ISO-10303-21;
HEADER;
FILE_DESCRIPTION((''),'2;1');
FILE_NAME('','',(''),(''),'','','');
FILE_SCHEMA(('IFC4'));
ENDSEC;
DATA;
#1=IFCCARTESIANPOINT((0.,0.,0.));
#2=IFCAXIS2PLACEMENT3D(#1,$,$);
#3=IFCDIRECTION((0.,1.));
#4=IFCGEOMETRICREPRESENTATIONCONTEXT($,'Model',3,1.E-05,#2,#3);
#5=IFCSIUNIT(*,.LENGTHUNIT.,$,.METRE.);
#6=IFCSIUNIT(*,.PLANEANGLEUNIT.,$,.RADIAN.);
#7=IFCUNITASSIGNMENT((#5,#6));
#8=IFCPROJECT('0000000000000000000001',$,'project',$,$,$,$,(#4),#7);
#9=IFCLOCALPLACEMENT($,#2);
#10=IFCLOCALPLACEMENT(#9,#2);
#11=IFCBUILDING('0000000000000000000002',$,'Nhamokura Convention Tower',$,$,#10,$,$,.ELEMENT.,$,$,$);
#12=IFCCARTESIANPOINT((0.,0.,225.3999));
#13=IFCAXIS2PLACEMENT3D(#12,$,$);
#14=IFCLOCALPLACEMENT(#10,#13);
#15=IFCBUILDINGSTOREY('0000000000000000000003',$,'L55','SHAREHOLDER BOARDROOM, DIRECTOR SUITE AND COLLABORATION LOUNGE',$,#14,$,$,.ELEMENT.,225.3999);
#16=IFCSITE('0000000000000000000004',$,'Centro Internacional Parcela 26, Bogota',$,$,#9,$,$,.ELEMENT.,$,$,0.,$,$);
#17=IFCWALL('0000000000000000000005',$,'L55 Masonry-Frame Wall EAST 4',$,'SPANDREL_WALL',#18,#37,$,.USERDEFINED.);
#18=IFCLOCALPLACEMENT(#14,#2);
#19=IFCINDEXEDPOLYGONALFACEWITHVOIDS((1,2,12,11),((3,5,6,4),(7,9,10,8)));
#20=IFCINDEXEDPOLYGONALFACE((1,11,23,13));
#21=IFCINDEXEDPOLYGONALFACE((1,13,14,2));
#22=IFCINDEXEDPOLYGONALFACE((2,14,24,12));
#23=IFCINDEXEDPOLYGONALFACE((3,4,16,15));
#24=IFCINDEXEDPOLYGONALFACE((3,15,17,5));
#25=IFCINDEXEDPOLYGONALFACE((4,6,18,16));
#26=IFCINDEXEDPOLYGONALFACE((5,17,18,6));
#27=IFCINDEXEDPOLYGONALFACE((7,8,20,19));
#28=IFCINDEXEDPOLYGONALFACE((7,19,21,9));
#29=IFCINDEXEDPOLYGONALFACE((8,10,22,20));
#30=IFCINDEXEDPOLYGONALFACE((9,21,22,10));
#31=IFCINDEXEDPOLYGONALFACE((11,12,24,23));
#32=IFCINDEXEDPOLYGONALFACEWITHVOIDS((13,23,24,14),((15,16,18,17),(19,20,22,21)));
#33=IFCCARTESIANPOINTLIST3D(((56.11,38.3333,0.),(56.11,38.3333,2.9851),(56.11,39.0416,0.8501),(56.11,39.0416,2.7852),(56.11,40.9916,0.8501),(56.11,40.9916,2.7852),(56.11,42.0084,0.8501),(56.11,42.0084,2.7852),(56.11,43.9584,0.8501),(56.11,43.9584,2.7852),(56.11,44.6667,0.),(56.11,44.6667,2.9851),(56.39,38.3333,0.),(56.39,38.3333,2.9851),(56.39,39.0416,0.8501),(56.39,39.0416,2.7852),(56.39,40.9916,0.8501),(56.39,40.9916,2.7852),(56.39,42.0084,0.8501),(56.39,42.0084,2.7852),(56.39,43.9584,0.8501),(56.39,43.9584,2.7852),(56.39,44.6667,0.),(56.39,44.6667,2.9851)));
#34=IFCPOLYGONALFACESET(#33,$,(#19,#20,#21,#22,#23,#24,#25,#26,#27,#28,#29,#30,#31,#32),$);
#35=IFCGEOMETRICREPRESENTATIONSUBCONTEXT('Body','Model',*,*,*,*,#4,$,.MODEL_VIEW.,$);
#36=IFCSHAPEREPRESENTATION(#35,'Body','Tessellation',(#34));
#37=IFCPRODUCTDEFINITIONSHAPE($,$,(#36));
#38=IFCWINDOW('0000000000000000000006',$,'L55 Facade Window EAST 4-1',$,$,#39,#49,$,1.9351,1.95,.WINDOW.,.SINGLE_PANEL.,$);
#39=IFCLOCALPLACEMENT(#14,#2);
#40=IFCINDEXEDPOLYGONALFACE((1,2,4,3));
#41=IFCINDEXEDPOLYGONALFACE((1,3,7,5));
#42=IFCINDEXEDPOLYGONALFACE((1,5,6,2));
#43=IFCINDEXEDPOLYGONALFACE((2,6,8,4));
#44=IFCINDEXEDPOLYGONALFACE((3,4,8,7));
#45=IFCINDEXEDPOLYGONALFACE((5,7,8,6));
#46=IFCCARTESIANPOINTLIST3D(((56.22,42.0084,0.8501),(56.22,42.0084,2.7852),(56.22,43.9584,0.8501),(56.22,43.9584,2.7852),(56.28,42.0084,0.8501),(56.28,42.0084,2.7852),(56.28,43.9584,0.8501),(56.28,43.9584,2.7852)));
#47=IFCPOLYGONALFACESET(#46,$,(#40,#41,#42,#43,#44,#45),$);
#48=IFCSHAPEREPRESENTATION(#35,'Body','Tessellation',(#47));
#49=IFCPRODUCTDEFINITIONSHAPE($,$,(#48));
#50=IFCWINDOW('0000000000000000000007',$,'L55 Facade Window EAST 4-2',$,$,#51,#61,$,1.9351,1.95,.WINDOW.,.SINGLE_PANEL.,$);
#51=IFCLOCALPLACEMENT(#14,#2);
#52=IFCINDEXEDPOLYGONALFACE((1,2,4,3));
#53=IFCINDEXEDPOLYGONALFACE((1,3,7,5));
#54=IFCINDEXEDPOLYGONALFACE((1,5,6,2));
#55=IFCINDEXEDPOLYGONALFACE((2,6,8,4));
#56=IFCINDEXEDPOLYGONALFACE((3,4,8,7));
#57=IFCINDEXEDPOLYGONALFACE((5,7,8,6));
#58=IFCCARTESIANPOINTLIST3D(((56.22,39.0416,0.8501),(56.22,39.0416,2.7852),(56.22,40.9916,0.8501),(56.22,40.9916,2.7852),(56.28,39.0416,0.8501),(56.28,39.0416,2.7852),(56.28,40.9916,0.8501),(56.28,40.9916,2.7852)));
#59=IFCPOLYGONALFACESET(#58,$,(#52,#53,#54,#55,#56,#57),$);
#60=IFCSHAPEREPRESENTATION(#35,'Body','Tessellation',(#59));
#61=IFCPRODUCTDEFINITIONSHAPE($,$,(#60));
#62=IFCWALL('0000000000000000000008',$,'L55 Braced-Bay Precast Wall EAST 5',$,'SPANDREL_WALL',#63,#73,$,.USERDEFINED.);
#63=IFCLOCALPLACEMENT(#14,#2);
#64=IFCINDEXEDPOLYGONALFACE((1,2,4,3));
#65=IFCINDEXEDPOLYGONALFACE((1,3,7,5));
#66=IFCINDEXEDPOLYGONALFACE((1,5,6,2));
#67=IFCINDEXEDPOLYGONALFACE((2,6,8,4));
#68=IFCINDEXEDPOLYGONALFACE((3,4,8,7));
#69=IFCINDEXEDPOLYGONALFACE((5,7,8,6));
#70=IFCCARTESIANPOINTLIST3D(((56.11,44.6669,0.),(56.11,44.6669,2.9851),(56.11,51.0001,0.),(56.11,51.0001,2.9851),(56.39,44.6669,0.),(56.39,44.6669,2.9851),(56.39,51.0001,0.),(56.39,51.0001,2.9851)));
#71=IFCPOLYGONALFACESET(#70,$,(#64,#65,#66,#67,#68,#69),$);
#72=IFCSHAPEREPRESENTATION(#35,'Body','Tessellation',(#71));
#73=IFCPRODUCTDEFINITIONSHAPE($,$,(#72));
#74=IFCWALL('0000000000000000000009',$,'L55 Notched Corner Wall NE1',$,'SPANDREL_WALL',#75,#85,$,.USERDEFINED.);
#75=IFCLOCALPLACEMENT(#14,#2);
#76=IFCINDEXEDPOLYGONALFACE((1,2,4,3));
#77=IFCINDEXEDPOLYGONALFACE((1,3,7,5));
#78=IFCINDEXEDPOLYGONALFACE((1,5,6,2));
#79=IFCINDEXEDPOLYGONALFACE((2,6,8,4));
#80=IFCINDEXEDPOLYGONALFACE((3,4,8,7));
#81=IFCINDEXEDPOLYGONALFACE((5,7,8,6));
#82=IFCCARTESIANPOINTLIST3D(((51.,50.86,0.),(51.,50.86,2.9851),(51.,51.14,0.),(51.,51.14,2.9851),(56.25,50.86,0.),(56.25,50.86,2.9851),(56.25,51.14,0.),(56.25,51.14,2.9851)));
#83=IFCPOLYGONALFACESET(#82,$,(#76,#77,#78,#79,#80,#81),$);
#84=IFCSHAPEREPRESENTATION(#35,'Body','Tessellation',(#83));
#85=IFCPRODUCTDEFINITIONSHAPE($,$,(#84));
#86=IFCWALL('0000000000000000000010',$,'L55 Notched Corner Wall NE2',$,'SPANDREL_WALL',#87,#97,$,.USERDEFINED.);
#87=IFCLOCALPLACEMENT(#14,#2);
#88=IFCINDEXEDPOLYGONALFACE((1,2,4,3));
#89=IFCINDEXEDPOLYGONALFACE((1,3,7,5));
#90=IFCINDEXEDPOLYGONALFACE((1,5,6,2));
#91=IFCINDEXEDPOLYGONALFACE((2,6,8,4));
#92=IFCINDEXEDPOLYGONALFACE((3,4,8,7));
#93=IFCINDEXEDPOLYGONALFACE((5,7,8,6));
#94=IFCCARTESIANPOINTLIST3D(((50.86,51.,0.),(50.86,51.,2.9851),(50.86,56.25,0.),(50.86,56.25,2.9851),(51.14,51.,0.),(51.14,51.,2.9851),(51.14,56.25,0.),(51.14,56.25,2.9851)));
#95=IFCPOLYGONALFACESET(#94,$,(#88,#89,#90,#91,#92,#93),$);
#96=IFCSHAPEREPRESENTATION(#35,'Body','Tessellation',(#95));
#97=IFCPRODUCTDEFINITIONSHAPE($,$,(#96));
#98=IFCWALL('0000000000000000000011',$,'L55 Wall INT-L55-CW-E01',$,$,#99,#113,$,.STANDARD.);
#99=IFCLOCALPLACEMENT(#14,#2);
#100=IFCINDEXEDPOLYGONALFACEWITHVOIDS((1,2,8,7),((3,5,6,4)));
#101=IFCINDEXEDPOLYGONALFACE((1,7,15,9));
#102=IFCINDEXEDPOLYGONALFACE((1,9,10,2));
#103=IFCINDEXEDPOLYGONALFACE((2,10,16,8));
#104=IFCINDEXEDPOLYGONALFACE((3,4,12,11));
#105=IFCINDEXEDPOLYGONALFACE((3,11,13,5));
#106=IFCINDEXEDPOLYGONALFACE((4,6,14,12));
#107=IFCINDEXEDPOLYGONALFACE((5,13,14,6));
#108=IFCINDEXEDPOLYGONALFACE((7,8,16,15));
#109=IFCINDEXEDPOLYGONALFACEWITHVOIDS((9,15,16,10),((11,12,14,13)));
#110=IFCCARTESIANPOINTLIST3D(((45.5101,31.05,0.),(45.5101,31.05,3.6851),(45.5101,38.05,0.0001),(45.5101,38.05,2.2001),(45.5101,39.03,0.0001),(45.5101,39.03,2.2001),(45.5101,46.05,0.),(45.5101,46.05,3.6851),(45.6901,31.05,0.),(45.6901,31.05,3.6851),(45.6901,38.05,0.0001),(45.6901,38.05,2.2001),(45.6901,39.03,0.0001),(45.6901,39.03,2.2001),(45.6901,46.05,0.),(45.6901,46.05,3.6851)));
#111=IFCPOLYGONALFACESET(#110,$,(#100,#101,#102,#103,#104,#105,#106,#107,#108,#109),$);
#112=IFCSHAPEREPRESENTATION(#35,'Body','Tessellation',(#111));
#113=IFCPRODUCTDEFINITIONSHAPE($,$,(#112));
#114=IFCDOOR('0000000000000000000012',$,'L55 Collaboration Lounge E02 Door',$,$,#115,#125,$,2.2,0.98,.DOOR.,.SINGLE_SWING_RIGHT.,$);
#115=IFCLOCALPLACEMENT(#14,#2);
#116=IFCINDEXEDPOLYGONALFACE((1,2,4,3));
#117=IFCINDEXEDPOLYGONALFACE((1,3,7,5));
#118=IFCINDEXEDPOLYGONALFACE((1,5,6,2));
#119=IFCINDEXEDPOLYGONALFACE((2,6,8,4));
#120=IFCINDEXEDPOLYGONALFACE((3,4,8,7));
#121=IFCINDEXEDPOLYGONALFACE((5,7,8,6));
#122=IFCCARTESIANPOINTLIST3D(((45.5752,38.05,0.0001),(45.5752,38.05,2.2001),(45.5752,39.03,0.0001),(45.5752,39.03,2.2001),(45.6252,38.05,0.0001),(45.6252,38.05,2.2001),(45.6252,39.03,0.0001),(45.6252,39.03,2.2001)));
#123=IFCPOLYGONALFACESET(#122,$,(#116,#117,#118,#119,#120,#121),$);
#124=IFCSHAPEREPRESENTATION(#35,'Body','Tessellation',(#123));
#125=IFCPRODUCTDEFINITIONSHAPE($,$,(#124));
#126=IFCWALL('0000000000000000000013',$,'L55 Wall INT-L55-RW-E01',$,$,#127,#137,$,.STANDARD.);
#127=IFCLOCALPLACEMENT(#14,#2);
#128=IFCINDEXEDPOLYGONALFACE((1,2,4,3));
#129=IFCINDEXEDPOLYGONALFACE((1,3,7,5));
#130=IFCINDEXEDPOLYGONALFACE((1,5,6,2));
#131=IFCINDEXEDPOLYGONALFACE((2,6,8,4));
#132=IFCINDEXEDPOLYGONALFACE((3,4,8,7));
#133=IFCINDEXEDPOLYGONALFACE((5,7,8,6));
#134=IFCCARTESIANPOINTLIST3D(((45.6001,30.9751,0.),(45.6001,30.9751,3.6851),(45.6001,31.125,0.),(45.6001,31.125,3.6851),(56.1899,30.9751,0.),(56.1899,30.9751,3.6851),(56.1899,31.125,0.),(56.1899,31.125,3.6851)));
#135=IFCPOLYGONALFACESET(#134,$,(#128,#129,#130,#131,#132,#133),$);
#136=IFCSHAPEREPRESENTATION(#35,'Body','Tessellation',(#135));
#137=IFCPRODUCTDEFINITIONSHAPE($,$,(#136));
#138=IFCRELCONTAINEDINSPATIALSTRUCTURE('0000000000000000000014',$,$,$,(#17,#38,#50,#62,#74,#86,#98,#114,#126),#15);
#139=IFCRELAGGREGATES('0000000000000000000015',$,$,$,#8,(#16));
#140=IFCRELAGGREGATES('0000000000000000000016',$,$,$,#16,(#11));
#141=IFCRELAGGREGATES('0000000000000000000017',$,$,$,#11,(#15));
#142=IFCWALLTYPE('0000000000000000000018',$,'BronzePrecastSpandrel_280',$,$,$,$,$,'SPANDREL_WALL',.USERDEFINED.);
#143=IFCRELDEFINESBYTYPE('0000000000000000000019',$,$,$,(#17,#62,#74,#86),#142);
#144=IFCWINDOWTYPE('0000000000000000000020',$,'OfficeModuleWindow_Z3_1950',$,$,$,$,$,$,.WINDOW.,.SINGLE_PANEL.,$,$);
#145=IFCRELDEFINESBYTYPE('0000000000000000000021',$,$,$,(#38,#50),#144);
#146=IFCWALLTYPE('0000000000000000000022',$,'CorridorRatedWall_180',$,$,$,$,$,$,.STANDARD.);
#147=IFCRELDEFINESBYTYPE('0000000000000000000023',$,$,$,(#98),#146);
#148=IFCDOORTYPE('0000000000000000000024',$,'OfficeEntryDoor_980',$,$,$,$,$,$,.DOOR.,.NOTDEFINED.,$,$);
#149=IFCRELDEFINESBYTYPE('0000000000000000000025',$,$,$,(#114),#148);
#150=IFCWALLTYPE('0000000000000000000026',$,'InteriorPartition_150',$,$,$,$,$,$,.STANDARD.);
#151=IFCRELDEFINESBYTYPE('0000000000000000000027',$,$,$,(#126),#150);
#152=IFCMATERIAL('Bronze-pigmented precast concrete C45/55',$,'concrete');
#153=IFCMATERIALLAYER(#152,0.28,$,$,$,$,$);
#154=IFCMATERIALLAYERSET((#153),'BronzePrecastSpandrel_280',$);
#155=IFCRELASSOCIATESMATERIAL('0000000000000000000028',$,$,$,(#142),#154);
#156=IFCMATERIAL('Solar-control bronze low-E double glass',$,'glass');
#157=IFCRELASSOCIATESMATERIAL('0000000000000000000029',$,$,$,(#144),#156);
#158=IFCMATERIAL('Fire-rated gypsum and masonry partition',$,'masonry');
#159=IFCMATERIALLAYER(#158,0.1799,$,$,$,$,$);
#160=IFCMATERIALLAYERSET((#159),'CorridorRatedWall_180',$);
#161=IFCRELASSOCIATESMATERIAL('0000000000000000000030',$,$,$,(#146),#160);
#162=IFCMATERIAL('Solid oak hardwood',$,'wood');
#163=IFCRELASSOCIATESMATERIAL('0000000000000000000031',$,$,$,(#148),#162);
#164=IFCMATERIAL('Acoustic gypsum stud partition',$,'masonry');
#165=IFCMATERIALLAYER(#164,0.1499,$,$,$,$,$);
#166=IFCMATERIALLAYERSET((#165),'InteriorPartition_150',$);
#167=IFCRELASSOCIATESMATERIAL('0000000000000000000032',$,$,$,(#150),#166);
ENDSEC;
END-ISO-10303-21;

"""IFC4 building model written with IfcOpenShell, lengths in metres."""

from ifc_helpers import new_model, si_unit, direction, frame, frame_2d, origin, place, context, subcontext, project, spatial, rectangle, extrude, material, layer, layer_set, type_object, element, fill, save


model = new_model("IFC4")

# Units and contexts
model_context = context("Model", 3, precision=1e-05, world=origin(), true_north=direction((0.0, 1.0)))
body_context = subcontext(model_context, "Body", "Model", "MODEL_VIEW")
ifc_project = project(units=[si_unit("LENGTHUNIT", "METRE"), si_unit("PLANEANGLEUNIT", "RADIAN")], contexts=[model_context])

# Site, building, storey
site_placement = place(None, origin())
site = spatial("IfcSite", under=ifc_project, at=site_placement, Name="Centro Internacional Parcela 26, Bogota", CompositionType="ELEMENT", RefElevation=0.0)
building_placement = place(site_placement, origin())
building = spatial("IfcBuilding", under=site, at=building_placement, Name="Nhamokura Convention Tower", CompositionType="ELEMENT")
storey_placement = place(building_placement, frame((0.0, 0.0, 225.3999)))
storey = spatial("IfcBuildingStorey", under=building, at=storey_placement, Name="L55", Description="SHAREHOLDER BOARDROOM, DIRECTOR SUITE AND COLLABORATION LOUNGE", CompositionType="ELEMENT", Elevation=225.3999)

# Shared definitions
ifc_material_1 = material(Name="Bronze-pigmented precast concrete C45/55", Category="concrete")
ifc_layer_1 = layer(ifc_material_1, 0.28)
ifc_layer_set_1 = layer_set([ifc_layer_1], Name="BronzePrecastSpandrel_280")
wall_type_1 = type_object("IfcWallType", Name="BronzePrecastSpandrel_280", ElementType="SPANDREL_WALL", PredefinedType="USERDEFINED", material=ifc_layer_set_1)

# Wall, openings, windows
wall_1_placement = place(storey_placement, frame((56.25, 44.6667, 0.0), z_axis=(0.0, 0.0, 1.0), x_axis=(0.0, -1.0, 0.0)))
wall_1 = element("IfcWall", 1, at=wall_1_placement, inside=storey, type_object=wall_type_1, Name="L55 Masonry-Frame Wall EAST 4", ObjectType="SPANDREL_WALL", PredefinedType="USERDEFINED", context=body_context, shape_type="SweptSolid", body=[
    extrude(rectangle(XDim=6.3335, YDim=0.28, at=frame_2d((3.1667, 0.0))), origin(), (0.0, 0.0, 1.0), 2.9851),
])
opening_1_placement = place(wall_1_placement, frame((0.7083, 0.0, 0.8501)))
opening_1 = element("IfcOpeningElement", 2, at=opening_1_placement, cuts=wall_1, PredefinedType="OPENING", context=body_context, shape_type="SweptSolid", body=[
    extrude(rectangle(XDim=1.95, YDim=1.9351, at=frame_2d((0.9751, 0.9675))), frame((0.0, 0.1499, 0.0), z_axis=(0.0, -1.0, 0.0), x_axis=(1.0, 0.0, 0.0)), (0.0, 0.0, 1.0), 0.3),
])
opening_2_placement = place(wall_1_placement, frame((3.675, 0.0, 0.8501)))
opening_2 = element("IfcOpeningElement", 3, at=opening_2_placement, cuts=wall_1, PredefinedType="OPENING", context=body_context, shape_type="SweptSolid", body=[
    extrude(rectangle(XDim=1.95, YDim=1.9351, at=frame_2d((0.9751, 0.9675))), frame((0.0, 0.1499, 0.0), z_axis=(0.0, -1.0, 0.0), x_axis=(1.0, 0.0, 0.0)), (0.0, 0.0, 1.0), 0.3),
])
ifc_material_2 = material(Name="Solar-control bronze low-E double glass", Category="glass")
window_type_1 = type_object("IfcWindowType", Name="OfficeModuleWindow_Z3_1950", PartitioningType="SINGLE_PANEL", PredefinedType="WINDOW", material=ifc_material_2)
window_1_placement = place(opening_1_placement, origin())
window_1 = element("IfcWindow", 4, at=window_1_placement, inside=storey, type_object=window_type_1, Name="L55 Facade Window EAST 4-1", OverallHeight=1.9351, OverallWidth=1.95, PartitioningType="SINGLE_PANEL", PredefinedType="WINDOW", context=body_context, shape_type="SweptSolid", body=[
    extrude(rectangle(XDim=1.95, YDim=1.9351, at=frame_2d((0.9751, 0.9675))), frame((0.0, 0.03, 0.0), z_axis=(0.0, -1.0, 0.0), x_axis=(1.0, 0.0, 0.0)), (0.0, 0.0, 1.0), 0.0601),
])
fill(opening_1, window_1)
window_2_placement = place(opening_2_placement, origin())
window_2 = element("IfcWindow", 5, at=window_2_placement, inside=storey, type_object=window_type_1, Name="L55 Facade Window EAST 4-2", OverallHeight=1.9351, OverallWidth=1.95, PartitioningType="SINGLE_PANEL", PredefinedType="WINDOW", context=body_context, shape_type="SweptSolid", body=[
    extrude(rectangle(XDim=1.95, YDim=1.9351, at=frame_2d((0.9751, 0.9675))), frame((0.0, 0.03, 0.0), z_axis=(0.0, -1.0, 0.0), x_axis=(1.0, 0.0, 0.0)), (0.0, 0.0, 1.0), 0.0601),
])
fill(opening_2, window_2)

# Walls
wall_2_placement = place(storey_placement, frame((56.25, 51.0, 0.0), z_axis=(0.0, 0.0, 1.0), x_axis=(0.0, -1.0, 0.0)))
element("IfcWall", 6, at=wall_2_placement, inside=storey, type_object=wall_type_1, Name="L55 Braced-Bay Precast Wall EAST 5", ObjectType="SPANDREL_WALL", PredefinedType="USERDEFINED", context=body_context, shape_type="SweptSolid", body=[
    extrude(rectangle(XDim=6.3333, YDim=0.28, at=frame_2d((3.1665, 0.0))), origin(), (0.0, 0.0, 1.0), 2.9851),
])
for number, where, z_axis, x_axis, name in (
    (7, (51.0, 51.0, 0.0), (0.0, 0.0, 1.0), (1.0, 0.0, 0.0), "L55 Notched Corner Wall NE1"),
    (8, (51.0, 56.25, 0.0), (0.0, 0.0, 1.0), (0.0, -1.0, 0.0), "L55 Notched Corner Wall NE2"),
):
    element("IfcWall", number, at=place(storey_placement, frame(where, z_axis=z_axis, x_axis=x_axis)), inside=storey, type_object=wall_type_1, Name=name, ObjectType="SPANDREL_WALL", PredefinedType="USERDEFINED", context=body_context, shape_type="SweptSolid", body=[
        extrude(rectangle(XDim=5.25, YDim=0.28, at=frame_2d((2.625, 0.0))), origin(), (0.0, 0.0, 1.0), 2.9851),
    ])

# Wall, opening, door
ifc_material_3 = material(Name="Fire-rated gypsum and masonry partition", Category="masonry")
ifc_layer_2 = layer(ifc_material_3, 0.1799)
ifc_layer_set_2 = layer_set([ifc_layer_2], Name="CorridorRatedWall_180")
wall_type_2 = type_object("IfcWallType", Name="CorridorRatedWall_180", PredefinedType="STANDARD", material=ifc_layer_set_2)
wall_3_placement = place(storey_placement, frame((45.6001, 31.05, 0.0), z_axis=(0.0, 0.0, 1.0), x_axis=(0.0, 1.0, 0.0)))
wall_3 = element("IfcWall", 9, at=wall_3_placement, inside=storey, type_object=wall_type_2, Name="L55 Wall INT-L55-CW-E01", PredefinedType="STANDARD", context=body_context, shape_type="SweptSolid", body=[
    extrude(rectangle(XDim=15.0, YDim=0.1799, at=frame_2d((7.5, 0.0))), origin(), (0.0, 0.0, 1.0), 3.6851),
])
opening_3_placement = place(wall_3_placement, frame((7.0, 0.0, 0.0)))
opening_3 = element("IfcOpeningElement", 10, at=opening_3_placement, cuts=wall_3, PredefinedType="OPENING", context=body_context, shape_type="SweptSolid", body=[
    extrude(rectangle(XDim=0.98, YDim=2.2, at=frame_2d((0.49, 1.1001))), frame((0.0, 0.0999, 0.0), z_axis=(0.0, -1.0, 0.0), x_axis=(1.0, 0.0, 0.0)), (0.0, 0.0, 1.0), 0.2),
])
ifc_material_4 = material(Name="Solid oak hardwood", Category="wood")
door_type = type_object("IfcDoorType", Name="OfficeEntryDoor_980", OperationType="NOTDEFINED", PredefinedType="DOOR", material=ifc_material_4)
door_placement = place(opening_3_placement, origin())
door = element("IfcDoor", 11, at=door_placement, inside=storey, type_object=door_type, Name="L55 Collaboration Lounge E02 Door", OperationType="SINGLE_SWING_RIGHT", OverallHeight=2.2, OverallWidth=0.98, PredefinedType="DOOR", context=body_context, shape_type="SweptSolid", body=[
    extrude(rectangle(XDim=0.98, YDim=2.2, at=frame_2d((0.49, 1.1001))), frame((0.0, 0.0249, 0.0), z_axis=(0.0, -1.0, 0.0), x_axis=(1.0, 0.0, 0.0)), (0.0, 0.0, 1.0), 0.05),
])
fill(opening_3, door)

# Wall
ifc_material_5 = material(Name="Acoustic gypsum stud partition", Category="masonry")
ifc_layer_3 = layer(ifc_material_5, 0.1499)
ifc_layer_set_3 = layer_set([ifc_layer_3], Name="InteriorPartition_150")
wall_type_3 = type_object("IfcWallType", Name="InteriorPartition_150", PredefinedType="STANDARD", material=ifc_layer_set_3)
wall_4_placement = place(storey_placement, frame((45.6001, 31.05, 0.0), z_axis=(0.0, 0.0, 1.0), x_axis=(1.0, 0.0, 0.0)))
element("IfcWall", 12, at=wall_4_placement, inside=storey, type_object=wall_type_3, Name="L55 Wall INT-L55-RW-E01", PredefinedType="STANDARD", context=body_context, shape_type="SweptSolid", body=[
    extrude(rectangle(XDim=10.5898, YDim=0.1499, at=frame_2d((5.2949, 0.0))), origin(), (0.0, 0.0, 1.0), 3.6851),
])

save(model, "model.ifc")
